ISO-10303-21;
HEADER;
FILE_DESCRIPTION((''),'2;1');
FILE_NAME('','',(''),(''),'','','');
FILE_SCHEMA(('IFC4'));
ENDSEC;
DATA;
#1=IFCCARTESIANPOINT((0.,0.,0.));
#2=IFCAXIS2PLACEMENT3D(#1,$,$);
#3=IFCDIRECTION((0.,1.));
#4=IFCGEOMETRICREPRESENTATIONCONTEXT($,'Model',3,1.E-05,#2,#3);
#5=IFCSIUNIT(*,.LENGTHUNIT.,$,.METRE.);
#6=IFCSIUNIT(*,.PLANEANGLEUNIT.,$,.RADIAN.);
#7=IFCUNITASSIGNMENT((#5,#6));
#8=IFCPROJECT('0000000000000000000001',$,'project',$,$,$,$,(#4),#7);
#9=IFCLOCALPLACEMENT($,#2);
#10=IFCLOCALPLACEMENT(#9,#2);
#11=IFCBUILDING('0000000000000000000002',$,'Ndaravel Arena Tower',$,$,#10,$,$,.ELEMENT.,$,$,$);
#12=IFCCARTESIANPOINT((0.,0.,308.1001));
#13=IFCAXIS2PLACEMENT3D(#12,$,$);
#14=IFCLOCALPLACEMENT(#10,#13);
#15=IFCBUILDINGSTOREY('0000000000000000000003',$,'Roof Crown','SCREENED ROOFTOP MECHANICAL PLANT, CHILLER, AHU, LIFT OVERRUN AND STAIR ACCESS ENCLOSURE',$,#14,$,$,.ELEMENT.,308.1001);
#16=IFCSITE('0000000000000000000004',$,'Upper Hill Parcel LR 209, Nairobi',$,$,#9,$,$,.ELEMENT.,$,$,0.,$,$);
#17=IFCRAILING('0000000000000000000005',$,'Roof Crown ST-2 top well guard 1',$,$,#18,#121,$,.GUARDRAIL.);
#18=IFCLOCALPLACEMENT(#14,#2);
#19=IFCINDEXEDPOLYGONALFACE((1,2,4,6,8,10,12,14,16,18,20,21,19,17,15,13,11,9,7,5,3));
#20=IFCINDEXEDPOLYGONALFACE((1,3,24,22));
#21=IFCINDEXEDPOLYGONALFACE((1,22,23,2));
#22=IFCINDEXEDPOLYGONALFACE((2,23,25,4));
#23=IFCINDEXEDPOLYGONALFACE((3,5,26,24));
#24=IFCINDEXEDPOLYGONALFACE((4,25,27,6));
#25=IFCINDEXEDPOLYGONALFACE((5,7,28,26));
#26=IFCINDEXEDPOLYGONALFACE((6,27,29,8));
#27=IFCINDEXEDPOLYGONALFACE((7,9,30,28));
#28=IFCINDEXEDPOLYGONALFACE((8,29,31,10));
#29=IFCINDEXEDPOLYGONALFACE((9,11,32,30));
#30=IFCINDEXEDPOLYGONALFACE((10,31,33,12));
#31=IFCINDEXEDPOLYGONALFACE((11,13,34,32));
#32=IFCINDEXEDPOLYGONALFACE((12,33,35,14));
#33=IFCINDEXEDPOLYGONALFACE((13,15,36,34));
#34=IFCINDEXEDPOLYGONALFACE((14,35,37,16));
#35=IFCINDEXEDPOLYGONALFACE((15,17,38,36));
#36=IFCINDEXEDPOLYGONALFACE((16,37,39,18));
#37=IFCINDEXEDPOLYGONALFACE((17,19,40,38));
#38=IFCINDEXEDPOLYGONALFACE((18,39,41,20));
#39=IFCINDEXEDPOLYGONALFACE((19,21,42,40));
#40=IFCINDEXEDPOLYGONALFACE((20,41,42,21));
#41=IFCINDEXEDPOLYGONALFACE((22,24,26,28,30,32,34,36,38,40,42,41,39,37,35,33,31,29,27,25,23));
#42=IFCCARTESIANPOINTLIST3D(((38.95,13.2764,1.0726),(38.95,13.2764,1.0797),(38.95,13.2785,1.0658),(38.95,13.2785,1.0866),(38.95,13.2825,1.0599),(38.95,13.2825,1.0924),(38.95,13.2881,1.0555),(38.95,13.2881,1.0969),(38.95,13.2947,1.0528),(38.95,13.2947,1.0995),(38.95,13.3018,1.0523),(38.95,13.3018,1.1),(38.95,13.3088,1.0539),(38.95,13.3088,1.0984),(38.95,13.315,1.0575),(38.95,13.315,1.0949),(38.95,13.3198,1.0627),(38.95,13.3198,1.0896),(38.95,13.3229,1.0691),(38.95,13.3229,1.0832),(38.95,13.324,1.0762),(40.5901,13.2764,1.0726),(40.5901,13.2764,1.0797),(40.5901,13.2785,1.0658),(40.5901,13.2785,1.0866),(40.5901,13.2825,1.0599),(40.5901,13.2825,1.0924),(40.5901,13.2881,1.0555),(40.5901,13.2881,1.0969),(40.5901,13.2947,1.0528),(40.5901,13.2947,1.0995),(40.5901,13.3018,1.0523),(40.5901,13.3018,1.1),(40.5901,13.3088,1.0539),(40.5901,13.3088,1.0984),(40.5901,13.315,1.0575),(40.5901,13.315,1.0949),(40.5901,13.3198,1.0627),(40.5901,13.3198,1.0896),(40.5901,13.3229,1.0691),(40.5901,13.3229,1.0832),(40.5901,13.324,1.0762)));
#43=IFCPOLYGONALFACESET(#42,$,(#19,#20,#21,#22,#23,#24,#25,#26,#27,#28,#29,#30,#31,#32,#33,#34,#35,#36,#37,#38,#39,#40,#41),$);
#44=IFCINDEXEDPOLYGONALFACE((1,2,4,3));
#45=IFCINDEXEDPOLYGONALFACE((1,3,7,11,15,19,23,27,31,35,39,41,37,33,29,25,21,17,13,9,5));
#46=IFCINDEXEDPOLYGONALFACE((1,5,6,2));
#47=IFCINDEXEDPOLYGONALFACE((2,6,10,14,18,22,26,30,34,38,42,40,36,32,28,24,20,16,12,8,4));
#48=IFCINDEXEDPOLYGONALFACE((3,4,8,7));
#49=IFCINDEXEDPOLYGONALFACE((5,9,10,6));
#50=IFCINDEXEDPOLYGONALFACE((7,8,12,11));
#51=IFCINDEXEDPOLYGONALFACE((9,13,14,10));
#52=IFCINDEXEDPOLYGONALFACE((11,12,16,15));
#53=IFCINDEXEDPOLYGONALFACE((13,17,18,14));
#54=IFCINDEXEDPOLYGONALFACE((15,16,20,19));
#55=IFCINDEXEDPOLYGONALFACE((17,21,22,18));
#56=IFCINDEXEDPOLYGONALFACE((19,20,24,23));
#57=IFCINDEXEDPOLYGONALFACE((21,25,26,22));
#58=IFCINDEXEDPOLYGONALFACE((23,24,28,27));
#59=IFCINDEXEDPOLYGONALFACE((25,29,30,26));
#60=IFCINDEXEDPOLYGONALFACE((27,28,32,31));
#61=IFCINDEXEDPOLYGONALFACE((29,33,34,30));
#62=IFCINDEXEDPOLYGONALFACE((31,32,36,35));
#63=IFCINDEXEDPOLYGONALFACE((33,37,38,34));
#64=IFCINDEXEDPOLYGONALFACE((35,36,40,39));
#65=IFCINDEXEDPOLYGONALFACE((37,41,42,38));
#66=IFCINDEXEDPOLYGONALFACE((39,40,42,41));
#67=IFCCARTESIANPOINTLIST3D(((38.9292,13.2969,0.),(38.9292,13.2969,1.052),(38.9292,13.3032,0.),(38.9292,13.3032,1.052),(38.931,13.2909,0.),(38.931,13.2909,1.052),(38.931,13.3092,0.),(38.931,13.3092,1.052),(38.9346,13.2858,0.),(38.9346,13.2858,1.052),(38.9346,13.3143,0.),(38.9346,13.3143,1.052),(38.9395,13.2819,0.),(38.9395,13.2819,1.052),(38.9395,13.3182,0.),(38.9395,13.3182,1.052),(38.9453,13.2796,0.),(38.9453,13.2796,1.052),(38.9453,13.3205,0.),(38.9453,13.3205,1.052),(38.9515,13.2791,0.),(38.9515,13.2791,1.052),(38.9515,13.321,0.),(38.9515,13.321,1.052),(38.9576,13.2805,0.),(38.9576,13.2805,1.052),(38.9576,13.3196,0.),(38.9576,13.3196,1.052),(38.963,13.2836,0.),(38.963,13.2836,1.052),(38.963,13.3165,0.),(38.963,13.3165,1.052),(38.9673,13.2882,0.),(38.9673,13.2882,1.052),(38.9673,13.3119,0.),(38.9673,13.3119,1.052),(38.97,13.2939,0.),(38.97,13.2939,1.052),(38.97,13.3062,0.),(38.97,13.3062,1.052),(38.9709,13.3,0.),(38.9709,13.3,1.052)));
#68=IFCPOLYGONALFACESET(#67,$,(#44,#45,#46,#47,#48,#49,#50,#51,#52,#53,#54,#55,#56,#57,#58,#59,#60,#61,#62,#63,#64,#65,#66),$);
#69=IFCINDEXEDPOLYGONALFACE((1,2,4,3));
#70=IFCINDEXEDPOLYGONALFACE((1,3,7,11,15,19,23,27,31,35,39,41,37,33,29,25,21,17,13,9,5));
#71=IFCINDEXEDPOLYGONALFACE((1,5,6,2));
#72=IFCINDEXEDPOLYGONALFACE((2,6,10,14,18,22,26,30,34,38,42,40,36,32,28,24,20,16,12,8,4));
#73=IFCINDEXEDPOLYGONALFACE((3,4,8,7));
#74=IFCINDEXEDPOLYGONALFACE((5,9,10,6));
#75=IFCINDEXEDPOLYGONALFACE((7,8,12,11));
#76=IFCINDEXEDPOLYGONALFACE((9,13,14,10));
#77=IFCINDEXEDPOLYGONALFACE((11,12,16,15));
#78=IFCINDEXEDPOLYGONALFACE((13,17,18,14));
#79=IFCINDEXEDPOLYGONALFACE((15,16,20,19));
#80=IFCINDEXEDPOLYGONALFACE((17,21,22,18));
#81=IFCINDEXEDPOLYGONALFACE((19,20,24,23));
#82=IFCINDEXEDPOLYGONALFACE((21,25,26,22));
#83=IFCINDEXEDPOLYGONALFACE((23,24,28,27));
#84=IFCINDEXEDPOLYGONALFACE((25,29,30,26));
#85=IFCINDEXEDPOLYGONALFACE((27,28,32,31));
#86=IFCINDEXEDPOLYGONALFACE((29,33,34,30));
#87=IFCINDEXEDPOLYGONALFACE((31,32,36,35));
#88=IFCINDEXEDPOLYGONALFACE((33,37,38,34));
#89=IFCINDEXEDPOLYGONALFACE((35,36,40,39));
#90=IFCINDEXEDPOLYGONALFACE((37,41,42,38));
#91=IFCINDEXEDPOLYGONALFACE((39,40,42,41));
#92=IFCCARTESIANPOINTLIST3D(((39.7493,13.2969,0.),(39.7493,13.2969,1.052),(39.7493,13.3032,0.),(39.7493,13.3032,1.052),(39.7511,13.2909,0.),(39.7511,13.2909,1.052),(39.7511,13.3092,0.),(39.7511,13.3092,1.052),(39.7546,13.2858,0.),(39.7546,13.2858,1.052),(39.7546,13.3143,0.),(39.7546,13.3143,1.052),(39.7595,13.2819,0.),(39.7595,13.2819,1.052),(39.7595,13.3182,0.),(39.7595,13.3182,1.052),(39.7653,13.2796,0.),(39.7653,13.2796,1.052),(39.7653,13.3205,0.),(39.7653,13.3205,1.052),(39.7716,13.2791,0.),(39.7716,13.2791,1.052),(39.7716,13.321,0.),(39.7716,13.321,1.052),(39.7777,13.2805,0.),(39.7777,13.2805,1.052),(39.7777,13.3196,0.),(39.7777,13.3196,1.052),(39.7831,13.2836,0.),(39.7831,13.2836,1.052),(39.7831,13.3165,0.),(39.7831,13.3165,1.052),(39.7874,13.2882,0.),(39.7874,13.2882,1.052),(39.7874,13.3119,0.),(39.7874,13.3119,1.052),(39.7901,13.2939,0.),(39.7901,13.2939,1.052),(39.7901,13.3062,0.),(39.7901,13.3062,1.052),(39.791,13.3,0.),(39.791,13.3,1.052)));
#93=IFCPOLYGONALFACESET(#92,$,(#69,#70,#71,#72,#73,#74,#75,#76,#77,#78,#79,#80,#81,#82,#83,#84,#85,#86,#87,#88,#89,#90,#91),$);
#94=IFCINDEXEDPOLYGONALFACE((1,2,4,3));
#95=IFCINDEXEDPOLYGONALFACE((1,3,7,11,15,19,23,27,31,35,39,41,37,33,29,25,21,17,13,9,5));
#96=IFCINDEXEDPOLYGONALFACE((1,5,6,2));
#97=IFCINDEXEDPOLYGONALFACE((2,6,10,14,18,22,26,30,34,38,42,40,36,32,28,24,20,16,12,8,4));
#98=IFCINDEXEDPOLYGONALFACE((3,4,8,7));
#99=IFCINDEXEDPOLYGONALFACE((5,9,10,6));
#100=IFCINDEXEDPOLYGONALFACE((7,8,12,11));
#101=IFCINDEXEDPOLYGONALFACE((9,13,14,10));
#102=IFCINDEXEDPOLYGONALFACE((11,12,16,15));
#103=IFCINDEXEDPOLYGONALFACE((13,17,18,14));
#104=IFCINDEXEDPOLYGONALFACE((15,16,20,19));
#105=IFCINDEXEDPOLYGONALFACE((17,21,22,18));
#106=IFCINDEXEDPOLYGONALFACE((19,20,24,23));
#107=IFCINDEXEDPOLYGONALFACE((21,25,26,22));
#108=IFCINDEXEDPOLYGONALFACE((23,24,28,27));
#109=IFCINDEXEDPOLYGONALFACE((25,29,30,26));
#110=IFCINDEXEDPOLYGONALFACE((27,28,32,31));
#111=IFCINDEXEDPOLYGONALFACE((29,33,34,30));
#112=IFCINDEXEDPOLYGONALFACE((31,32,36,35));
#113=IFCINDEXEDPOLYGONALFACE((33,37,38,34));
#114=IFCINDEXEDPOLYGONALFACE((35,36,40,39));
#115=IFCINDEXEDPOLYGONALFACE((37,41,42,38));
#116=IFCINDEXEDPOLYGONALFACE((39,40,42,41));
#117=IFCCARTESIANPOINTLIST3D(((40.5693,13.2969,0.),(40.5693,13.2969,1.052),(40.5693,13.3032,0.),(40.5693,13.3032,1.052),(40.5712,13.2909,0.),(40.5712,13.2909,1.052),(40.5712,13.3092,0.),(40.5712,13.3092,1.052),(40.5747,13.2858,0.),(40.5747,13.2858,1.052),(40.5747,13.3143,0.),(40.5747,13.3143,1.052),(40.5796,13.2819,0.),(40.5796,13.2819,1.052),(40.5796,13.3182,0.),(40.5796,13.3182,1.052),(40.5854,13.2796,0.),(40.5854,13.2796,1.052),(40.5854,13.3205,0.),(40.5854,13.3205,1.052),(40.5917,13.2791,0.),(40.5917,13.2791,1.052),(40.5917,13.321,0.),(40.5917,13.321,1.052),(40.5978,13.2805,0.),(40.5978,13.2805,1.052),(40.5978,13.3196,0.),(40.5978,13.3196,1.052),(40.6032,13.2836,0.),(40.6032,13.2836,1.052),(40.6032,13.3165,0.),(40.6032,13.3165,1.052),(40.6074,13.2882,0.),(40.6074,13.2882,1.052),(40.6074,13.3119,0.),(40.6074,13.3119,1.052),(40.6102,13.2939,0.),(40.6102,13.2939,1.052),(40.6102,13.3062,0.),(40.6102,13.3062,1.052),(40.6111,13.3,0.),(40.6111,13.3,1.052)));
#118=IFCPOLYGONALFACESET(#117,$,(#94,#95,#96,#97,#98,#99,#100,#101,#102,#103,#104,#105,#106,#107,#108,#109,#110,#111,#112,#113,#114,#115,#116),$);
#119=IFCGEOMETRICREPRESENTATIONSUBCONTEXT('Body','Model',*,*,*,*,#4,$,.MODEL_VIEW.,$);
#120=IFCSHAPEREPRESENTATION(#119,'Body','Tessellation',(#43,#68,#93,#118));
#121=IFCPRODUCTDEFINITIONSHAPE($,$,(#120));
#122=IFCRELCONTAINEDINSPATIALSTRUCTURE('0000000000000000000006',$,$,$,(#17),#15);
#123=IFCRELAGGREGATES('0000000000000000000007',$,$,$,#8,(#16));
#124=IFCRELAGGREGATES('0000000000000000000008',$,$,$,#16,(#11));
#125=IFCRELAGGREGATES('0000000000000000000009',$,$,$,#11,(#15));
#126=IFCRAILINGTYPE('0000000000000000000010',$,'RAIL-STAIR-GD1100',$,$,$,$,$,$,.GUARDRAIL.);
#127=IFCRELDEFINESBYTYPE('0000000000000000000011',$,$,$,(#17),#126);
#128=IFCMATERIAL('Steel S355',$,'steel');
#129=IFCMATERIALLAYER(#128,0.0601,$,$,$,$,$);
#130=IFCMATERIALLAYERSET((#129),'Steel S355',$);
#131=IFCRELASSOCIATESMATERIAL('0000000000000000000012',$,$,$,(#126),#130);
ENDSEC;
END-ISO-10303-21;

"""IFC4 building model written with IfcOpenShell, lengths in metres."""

from ifc_helpers import new_model, si_unit, direction, frame, origin, origin_2d, place, context, subcontext, project, spatial, circle, extrude, material, layer, layer_set, type_object, element, save


model = new_model("IFC4")

# Units and contexts
model_context = context("Model", 3, precision=1e-05, world=origin(), true_north=direction((0.0, 1.0)))
body_context = subcontext(model_context, "Body", "Model", "MODEL_VIEW")
ifc_project = project(units=[si_unit("LENGTHUNIT", "METRE"), si_unit("PLANEANGLEUNIT", "RADIAN")], contexts=[model_context])

# Site, building, storey
site_placement = place(None, origin())
site = spatial("IfcSite", under=ifc_project, at=site_placement, Name="Upper Hill Parcel LR 209, Nairobi", CompositionType="ELEMENT", RefElevation=0.0)
building_placement = place(site_placement, origin())
building = spatial("IfcBuilding", under=site, at=building_placement, Name="Ndaravel Arena Tower", CompositionType="ELEMENT")
storey_placement = place(building_placement, frame((0.0, 0.0, 308.1001)))
storey = spatial("IfcBuildingStorey", under=building, at=storey_placement, Name="Roof Crown", Description="SCREENED ROOFTOP MECHANICAL PLANT, CHILLER, AHU, LIFT OVERRUN AND STAIR ACCESS ENCLOSURE", CompositionType="ELEMENT", Elevation=308.1001)

# Railing
ifc_material_1 = material(Name="Steel S355", Category="steel")
ifc_layer_1 = layer(ifc_material_1, 0.0601)
ifc_layer_set_1 = layer_set([ifc_layer_1], Name="Steel S355")
railing_type = type_object("IfcRailingType", Name="RAIL-STAIR-GD1100", PredefinedType="GUARDRAIL", material=ifc_layer_set_1)
railing_placement = place(storey_placement, frame((38.95, 13.3, 0.0)))
element("IfcRailing", 1, at=railing_placement, inside=storey, type_object=railing_type, Name="Roof Crown ST-2 top well guard 1", PredefinedType="GUARDRAIL", context=body_context, shape_type="SweptSolid", body=[
    extrude(circle(Radius=0.0239, at=origin_2d()), frame((0.0, 0.0, 1.0762), z_axis=(1.0, 0.0, 0.0), x_axis=(0.0, 1.0, 0.0)), (0.0, 0.0, 1.0), 1.6401),
    extrude(circle(Radius=0.021, at=origin_2d()), origin(), (0.0, 0.0, 1.0), 1.052),
    extrude(circle(Radius=0.021, at=origin_2d()), frame((0.8201, 0.0, 0.0)), (0.0, 0.0, 1.0), 1.052),
    extrude(circle(Radius=0.021, at=origin_2d()), frame((1.6401, 0.0, 0.0)), (0.0, 0.0, 1.0), 1.052),
])

save(model, "model.ifc")
